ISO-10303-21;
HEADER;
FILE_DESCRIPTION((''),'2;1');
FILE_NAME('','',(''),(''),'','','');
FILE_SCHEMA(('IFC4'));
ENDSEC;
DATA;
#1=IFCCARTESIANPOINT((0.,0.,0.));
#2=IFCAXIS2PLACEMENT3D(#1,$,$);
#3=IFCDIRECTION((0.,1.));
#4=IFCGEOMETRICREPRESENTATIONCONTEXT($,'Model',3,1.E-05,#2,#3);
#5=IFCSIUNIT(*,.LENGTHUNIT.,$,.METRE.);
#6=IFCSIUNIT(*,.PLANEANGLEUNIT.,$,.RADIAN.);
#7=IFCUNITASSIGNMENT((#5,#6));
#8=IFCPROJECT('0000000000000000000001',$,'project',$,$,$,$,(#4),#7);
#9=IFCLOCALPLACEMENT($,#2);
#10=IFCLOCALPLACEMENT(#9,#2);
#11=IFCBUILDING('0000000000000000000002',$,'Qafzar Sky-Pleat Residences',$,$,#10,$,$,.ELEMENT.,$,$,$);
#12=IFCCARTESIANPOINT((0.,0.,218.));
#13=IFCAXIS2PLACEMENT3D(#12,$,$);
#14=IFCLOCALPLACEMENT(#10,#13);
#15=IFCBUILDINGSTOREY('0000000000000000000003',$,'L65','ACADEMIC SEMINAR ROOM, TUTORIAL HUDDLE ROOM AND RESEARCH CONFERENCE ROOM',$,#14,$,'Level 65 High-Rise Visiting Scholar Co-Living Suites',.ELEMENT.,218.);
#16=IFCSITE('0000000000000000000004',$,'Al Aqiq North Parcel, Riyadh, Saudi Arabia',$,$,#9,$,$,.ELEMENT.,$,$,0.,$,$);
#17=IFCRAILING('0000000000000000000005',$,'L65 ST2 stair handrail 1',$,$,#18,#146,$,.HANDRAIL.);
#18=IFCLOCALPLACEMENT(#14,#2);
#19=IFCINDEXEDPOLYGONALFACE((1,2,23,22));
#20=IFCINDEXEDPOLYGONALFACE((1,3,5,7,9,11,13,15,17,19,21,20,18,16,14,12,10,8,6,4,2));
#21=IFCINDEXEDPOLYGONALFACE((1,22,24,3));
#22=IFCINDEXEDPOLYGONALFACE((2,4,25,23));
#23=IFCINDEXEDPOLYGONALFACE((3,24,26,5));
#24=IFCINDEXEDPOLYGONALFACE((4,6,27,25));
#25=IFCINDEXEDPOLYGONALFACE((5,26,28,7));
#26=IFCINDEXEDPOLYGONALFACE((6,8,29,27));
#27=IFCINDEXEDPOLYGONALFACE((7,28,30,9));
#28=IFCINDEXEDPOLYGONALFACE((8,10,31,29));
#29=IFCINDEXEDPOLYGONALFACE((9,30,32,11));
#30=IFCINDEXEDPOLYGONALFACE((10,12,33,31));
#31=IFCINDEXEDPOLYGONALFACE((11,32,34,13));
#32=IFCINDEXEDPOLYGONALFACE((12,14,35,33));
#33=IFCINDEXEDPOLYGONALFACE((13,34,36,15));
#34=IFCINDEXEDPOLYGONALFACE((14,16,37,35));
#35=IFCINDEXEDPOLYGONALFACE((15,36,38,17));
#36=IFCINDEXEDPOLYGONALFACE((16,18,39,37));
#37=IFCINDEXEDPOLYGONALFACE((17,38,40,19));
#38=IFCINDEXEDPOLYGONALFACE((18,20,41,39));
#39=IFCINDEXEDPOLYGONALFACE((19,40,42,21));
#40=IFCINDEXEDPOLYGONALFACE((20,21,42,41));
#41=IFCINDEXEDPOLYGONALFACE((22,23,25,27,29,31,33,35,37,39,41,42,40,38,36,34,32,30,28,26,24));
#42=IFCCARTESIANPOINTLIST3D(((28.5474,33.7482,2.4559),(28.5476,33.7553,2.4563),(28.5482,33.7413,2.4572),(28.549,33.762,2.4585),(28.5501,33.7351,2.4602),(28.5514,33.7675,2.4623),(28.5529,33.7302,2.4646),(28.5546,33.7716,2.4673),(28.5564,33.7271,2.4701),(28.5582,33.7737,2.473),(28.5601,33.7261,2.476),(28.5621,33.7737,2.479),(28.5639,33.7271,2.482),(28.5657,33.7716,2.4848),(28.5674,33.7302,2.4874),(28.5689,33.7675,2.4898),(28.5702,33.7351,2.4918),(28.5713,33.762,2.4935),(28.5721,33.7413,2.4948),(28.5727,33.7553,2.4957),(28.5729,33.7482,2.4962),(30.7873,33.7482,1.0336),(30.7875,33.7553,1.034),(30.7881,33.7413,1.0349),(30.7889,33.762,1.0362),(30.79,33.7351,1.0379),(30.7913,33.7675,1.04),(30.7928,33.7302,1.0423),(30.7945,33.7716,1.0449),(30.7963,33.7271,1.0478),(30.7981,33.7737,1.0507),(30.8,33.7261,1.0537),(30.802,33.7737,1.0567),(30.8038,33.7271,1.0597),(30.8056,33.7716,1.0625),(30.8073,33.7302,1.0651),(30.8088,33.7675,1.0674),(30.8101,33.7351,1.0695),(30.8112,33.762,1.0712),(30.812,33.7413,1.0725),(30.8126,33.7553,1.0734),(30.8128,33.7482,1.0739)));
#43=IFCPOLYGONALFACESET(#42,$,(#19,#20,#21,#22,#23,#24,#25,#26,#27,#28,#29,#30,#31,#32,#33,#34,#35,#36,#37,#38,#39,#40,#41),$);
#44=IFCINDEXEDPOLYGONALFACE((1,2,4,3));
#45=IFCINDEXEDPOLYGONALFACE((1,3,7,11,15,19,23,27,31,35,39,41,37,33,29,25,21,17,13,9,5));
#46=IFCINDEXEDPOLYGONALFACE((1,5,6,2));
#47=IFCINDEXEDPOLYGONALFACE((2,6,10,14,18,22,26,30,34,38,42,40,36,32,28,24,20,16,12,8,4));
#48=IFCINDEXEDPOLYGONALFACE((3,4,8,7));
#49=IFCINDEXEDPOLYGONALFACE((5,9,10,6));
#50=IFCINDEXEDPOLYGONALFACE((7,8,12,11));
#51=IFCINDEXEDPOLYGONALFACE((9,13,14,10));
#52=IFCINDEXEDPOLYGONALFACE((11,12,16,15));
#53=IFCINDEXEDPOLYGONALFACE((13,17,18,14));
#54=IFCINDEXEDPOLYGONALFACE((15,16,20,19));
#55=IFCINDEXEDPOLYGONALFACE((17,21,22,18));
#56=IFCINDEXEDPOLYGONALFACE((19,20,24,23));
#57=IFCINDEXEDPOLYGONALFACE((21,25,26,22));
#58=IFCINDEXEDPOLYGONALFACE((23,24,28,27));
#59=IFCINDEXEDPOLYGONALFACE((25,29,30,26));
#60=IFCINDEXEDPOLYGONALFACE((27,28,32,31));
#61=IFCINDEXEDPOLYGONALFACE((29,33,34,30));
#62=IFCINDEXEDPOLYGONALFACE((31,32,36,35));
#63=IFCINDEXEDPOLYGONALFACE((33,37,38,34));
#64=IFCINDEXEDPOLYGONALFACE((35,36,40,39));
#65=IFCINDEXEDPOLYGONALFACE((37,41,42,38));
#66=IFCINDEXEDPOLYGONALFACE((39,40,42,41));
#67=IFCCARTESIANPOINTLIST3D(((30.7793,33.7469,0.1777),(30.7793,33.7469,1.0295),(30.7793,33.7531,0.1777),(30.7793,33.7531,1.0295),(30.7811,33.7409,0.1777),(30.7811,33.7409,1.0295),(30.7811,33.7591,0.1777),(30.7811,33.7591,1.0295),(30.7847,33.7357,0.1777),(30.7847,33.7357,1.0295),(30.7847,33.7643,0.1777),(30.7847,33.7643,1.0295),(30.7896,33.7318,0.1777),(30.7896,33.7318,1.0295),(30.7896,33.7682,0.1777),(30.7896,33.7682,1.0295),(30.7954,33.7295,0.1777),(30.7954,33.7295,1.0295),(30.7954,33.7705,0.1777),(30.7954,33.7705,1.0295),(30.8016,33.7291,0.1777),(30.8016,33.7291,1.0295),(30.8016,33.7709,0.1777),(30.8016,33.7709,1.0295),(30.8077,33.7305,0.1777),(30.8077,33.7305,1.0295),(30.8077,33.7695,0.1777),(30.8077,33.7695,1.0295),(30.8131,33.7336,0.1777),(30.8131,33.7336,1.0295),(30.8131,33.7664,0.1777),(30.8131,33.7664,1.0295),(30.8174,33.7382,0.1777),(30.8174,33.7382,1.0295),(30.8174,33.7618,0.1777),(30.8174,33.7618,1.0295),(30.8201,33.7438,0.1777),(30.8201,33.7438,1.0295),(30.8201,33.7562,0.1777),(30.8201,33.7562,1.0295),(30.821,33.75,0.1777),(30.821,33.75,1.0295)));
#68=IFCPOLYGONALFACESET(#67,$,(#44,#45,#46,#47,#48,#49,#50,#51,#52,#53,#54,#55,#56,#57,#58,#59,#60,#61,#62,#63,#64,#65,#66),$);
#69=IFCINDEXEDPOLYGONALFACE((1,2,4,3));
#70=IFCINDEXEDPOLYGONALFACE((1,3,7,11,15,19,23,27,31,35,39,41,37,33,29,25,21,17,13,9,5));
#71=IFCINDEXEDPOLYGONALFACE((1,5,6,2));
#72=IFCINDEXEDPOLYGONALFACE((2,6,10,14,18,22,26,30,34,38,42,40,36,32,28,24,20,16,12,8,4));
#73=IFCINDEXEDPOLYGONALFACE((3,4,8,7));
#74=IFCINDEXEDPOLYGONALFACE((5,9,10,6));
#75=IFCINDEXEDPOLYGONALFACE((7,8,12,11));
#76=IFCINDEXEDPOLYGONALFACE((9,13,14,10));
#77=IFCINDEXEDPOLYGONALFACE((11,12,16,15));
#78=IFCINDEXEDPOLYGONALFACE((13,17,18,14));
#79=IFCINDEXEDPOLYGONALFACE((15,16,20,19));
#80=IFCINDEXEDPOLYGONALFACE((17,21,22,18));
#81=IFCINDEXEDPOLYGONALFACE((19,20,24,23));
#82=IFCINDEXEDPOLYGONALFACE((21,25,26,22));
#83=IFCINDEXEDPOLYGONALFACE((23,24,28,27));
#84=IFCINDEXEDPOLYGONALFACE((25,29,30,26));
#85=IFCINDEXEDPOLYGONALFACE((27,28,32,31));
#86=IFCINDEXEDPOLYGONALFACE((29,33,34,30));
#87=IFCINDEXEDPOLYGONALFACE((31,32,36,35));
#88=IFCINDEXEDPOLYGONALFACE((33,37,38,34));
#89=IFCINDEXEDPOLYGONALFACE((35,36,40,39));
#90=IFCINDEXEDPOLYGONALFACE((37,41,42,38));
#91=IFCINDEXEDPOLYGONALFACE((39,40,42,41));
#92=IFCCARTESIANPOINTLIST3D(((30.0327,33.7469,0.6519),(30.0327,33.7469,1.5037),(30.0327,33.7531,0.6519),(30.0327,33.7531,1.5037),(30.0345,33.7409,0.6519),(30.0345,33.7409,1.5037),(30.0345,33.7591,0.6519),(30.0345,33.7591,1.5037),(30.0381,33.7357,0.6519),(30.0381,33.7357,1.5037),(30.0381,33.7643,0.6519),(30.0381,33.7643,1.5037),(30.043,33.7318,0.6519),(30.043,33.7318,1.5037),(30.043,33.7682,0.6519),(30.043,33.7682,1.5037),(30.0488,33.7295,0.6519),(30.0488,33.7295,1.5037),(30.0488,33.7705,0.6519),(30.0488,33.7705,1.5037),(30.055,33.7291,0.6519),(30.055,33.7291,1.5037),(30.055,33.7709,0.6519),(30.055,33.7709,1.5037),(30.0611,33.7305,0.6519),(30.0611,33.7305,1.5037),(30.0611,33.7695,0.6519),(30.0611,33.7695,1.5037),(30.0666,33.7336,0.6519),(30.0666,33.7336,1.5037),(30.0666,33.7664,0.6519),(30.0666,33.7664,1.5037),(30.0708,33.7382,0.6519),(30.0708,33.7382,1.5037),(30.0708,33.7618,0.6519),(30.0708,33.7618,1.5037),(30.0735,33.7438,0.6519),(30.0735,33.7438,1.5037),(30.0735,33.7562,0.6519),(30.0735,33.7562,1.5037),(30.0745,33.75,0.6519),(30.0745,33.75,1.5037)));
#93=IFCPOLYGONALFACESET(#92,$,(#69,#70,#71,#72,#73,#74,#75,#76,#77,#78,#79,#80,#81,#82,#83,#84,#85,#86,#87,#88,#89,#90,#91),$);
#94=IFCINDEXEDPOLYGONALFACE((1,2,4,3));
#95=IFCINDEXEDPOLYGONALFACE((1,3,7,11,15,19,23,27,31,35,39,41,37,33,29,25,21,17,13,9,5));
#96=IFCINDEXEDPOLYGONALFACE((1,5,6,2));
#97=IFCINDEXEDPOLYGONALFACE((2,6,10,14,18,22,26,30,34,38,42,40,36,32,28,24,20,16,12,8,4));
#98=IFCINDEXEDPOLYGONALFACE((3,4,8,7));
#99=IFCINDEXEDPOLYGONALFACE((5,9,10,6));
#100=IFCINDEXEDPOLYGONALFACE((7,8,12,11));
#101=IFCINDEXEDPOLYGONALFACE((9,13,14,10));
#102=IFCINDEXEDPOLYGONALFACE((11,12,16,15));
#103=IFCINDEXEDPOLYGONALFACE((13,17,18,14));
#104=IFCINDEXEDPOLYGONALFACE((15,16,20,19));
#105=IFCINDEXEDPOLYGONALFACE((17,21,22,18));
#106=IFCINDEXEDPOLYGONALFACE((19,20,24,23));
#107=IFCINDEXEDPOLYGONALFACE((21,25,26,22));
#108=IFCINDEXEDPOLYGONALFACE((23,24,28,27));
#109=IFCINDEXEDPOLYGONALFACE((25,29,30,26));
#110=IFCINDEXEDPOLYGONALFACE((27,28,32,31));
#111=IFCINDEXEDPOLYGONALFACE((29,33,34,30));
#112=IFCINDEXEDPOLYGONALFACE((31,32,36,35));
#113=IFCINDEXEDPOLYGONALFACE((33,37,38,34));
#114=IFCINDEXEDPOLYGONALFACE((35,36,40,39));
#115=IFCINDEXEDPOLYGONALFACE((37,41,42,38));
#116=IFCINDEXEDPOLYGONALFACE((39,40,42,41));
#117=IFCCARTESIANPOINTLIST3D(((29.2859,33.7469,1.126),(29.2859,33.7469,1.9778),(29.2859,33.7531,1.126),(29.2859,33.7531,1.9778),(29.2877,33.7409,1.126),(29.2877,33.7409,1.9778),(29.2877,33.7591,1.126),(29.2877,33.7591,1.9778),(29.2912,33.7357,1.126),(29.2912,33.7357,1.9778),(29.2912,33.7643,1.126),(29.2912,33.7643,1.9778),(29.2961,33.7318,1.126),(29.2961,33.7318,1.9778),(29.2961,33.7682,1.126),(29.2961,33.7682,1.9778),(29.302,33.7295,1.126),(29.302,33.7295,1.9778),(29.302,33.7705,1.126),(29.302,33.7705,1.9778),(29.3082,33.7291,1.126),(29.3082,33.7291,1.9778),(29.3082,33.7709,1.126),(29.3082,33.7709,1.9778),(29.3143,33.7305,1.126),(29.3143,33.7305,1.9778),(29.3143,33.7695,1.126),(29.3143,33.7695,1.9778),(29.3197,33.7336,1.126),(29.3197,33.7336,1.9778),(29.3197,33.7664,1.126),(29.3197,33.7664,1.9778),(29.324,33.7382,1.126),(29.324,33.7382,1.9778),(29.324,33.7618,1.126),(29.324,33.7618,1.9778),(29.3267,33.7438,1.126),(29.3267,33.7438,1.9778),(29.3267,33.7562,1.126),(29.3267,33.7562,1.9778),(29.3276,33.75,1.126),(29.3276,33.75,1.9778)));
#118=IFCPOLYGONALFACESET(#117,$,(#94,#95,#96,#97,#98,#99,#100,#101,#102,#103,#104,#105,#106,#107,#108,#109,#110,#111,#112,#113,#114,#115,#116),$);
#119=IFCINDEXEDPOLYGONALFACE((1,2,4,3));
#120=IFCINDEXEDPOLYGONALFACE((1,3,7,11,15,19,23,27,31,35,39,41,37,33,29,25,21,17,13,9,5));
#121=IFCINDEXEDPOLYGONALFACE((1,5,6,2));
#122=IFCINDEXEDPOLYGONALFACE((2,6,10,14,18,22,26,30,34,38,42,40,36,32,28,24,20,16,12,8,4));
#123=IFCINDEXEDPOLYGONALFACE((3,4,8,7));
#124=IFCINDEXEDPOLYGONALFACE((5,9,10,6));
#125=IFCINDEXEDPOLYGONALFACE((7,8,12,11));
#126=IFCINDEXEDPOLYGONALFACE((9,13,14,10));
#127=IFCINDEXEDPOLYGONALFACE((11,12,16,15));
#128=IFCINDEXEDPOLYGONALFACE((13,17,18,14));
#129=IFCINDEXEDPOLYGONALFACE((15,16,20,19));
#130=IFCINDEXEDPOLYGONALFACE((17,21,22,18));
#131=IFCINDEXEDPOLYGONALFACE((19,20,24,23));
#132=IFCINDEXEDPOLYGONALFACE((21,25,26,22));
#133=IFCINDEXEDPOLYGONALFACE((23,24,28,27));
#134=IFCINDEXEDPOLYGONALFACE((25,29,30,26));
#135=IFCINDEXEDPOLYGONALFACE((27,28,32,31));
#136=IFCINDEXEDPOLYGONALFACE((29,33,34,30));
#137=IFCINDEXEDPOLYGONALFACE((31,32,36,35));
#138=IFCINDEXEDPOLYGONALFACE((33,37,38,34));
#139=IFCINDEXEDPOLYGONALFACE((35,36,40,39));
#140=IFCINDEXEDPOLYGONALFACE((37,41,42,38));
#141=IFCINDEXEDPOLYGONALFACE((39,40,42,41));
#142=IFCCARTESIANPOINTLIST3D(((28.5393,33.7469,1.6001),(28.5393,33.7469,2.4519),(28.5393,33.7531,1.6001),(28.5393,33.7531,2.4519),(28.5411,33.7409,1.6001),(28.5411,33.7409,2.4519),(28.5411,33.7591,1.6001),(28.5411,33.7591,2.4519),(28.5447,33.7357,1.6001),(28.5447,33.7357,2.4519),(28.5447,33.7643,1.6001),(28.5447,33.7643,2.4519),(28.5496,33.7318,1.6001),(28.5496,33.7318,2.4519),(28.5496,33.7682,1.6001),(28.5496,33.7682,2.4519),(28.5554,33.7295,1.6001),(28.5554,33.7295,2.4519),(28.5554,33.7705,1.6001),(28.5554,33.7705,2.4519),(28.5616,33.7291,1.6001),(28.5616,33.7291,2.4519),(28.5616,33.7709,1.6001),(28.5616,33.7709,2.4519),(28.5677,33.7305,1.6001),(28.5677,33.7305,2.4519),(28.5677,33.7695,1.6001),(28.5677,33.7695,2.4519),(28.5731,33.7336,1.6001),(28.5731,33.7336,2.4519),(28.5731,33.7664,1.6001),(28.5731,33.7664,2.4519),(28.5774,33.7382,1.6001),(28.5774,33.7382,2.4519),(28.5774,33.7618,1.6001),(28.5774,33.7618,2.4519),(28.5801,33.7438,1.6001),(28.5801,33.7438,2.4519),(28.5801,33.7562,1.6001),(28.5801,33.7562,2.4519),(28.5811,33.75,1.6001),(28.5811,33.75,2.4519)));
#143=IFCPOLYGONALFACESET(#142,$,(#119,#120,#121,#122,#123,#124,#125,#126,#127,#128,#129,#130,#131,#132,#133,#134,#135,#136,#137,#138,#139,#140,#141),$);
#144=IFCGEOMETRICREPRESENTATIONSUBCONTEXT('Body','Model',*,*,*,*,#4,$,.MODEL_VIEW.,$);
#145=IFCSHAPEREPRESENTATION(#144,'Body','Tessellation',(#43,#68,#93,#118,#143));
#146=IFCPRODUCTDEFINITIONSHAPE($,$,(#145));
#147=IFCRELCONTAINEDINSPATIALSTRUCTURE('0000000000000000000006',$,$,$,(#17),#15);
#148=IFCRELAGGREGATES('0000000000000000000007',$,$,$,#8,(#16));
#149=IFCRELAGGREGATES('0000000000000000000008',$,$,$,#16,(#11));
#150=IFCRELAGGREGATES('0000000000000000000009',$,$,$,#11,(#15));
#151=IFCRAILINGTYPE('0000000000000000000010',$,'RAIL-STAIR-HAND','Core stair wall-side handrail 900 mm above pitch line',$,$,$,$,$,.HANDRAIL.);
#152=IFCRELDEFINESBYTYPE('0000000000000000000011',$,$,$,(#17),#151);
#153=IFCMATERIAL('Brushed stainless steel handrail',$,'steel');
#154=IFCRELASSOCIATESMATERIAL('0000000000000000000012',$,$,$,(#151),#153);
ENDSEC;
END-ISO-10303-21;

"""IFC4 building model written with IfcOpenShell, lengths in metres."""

from ifc_helpers import new_model, si_unit, direction, frame, origin, origin_2d, place, context, subcontext, project, spatial, circle, extrude, source, transform, mapped, material, type_object, element, save


model = new_model("IFC4")

# Units and contexts
model_context = context("Model", 3, precision=1e-05, world=origin(), true_north=direction((0.0, 1.0)))
body_context = subcontext(model_context, "Body", "Model", "MODEL_VIEW")
ifc_project = project(units=[si_unit("LENGTHUNIT", "METRE"), si_unit("PLANEANGLEUNIT", "RADIAN")], contexts=[model_context])

# Site, building, storey
site_placement = place(None, origin())
site = spatial("IfcSite", under=ifc_project, at=site_placement, Name="Al Aqiq North Parcel, Riyadh, Saudi Arabia", CompositionType="ELEMENT", RefElevation=0.0)
building_placement = place(site_placement, origin())
building = spatial("IfcBuilding", under=site, at=building_placement, Name="Qafzar Sky-Pleat Residences", CompositionType="ELEMENT")
storey_placement = place(building_placement, frame((0.0, 0.0, 218.0)))
storey = spatial("IfcBuildingStorey", under=building, at=storey_placement, Name="L65", Description="ACADEMIC SEMINAR ROOM, TUTORIAL HUDDLE ROOM AND RESEARCH CONFERENCE ROOM", LongName="Level 65 High-Rise Visiting Scholar Co-Living Suites", CompositionType="ELEMENT", Elevation=218.0)

# Railing
ifc_material_1 = material(Name="Brushed stainless steel handrail", Category="steel")
railing_type_1 = type_object("IfcRailingType", Name="RAIL-STAIR-HAND", Description="Core stair wall-side handrail 900 mm above pitch line", PredefinedType="HANDRAIL", material=ifc_material_1)
shared_shape_1 = source(origin(), body_context, "Body", "SweptSolid", [
    extrude(circle(Radius=0.0239, at=origin_2d()), frame((0.0, 0.0, 0.876), z_axis=(-0.844188, 0.0, 0.536048), x_axis=(0.0, -1.0, 0.0)), (0.0, 0.0, 1.0), 2.6533),
    extrude(circle(Radius=0.021, at=origin_2d()), origin(), (0.0, 0.0, 1.0), 0.8518),
    extrude(circle(Radius=0.021, at=origin_2d()), frame((-0.7466, 0.0, 0.4741)), (0.0, 0.0, 1.0), 0.8518),
    extrude(circle(Radius=0.021, at=origin_2d()), frame((-1.4934, 0.0, 0.9482)), (0.0, 0.0, 1.0), 0.8518),
    extrude(circle(Radius=0.021, at=origin_2d()), frame((-2.24, 0.0, 1.4224)), (0.0, 0.0, 1.0), 0.8518),
])
railing_1_placement = place(storey_placement, frame((30.8, 33.75, 0.1777)))
element("IfcRailing", 1, at=railing_1_placement, inside=storey, type_object=railing_type_1, Name="L65 ST2 stair handrail 1", PredefinedType="HANDRAIL", context=body_context, shape_type="MappedRepresentation", body=[
    mapped(shared_shape_1, transform((0.0, 0.0, 0.0), x_axis=(1.0, 0.0, 0.0), y_axis=(0.0, 1.0, 0.0), z_axis=(0.0, 0.0, 1.0), scale=1.0)),
])

save(model, "model.ifc")
